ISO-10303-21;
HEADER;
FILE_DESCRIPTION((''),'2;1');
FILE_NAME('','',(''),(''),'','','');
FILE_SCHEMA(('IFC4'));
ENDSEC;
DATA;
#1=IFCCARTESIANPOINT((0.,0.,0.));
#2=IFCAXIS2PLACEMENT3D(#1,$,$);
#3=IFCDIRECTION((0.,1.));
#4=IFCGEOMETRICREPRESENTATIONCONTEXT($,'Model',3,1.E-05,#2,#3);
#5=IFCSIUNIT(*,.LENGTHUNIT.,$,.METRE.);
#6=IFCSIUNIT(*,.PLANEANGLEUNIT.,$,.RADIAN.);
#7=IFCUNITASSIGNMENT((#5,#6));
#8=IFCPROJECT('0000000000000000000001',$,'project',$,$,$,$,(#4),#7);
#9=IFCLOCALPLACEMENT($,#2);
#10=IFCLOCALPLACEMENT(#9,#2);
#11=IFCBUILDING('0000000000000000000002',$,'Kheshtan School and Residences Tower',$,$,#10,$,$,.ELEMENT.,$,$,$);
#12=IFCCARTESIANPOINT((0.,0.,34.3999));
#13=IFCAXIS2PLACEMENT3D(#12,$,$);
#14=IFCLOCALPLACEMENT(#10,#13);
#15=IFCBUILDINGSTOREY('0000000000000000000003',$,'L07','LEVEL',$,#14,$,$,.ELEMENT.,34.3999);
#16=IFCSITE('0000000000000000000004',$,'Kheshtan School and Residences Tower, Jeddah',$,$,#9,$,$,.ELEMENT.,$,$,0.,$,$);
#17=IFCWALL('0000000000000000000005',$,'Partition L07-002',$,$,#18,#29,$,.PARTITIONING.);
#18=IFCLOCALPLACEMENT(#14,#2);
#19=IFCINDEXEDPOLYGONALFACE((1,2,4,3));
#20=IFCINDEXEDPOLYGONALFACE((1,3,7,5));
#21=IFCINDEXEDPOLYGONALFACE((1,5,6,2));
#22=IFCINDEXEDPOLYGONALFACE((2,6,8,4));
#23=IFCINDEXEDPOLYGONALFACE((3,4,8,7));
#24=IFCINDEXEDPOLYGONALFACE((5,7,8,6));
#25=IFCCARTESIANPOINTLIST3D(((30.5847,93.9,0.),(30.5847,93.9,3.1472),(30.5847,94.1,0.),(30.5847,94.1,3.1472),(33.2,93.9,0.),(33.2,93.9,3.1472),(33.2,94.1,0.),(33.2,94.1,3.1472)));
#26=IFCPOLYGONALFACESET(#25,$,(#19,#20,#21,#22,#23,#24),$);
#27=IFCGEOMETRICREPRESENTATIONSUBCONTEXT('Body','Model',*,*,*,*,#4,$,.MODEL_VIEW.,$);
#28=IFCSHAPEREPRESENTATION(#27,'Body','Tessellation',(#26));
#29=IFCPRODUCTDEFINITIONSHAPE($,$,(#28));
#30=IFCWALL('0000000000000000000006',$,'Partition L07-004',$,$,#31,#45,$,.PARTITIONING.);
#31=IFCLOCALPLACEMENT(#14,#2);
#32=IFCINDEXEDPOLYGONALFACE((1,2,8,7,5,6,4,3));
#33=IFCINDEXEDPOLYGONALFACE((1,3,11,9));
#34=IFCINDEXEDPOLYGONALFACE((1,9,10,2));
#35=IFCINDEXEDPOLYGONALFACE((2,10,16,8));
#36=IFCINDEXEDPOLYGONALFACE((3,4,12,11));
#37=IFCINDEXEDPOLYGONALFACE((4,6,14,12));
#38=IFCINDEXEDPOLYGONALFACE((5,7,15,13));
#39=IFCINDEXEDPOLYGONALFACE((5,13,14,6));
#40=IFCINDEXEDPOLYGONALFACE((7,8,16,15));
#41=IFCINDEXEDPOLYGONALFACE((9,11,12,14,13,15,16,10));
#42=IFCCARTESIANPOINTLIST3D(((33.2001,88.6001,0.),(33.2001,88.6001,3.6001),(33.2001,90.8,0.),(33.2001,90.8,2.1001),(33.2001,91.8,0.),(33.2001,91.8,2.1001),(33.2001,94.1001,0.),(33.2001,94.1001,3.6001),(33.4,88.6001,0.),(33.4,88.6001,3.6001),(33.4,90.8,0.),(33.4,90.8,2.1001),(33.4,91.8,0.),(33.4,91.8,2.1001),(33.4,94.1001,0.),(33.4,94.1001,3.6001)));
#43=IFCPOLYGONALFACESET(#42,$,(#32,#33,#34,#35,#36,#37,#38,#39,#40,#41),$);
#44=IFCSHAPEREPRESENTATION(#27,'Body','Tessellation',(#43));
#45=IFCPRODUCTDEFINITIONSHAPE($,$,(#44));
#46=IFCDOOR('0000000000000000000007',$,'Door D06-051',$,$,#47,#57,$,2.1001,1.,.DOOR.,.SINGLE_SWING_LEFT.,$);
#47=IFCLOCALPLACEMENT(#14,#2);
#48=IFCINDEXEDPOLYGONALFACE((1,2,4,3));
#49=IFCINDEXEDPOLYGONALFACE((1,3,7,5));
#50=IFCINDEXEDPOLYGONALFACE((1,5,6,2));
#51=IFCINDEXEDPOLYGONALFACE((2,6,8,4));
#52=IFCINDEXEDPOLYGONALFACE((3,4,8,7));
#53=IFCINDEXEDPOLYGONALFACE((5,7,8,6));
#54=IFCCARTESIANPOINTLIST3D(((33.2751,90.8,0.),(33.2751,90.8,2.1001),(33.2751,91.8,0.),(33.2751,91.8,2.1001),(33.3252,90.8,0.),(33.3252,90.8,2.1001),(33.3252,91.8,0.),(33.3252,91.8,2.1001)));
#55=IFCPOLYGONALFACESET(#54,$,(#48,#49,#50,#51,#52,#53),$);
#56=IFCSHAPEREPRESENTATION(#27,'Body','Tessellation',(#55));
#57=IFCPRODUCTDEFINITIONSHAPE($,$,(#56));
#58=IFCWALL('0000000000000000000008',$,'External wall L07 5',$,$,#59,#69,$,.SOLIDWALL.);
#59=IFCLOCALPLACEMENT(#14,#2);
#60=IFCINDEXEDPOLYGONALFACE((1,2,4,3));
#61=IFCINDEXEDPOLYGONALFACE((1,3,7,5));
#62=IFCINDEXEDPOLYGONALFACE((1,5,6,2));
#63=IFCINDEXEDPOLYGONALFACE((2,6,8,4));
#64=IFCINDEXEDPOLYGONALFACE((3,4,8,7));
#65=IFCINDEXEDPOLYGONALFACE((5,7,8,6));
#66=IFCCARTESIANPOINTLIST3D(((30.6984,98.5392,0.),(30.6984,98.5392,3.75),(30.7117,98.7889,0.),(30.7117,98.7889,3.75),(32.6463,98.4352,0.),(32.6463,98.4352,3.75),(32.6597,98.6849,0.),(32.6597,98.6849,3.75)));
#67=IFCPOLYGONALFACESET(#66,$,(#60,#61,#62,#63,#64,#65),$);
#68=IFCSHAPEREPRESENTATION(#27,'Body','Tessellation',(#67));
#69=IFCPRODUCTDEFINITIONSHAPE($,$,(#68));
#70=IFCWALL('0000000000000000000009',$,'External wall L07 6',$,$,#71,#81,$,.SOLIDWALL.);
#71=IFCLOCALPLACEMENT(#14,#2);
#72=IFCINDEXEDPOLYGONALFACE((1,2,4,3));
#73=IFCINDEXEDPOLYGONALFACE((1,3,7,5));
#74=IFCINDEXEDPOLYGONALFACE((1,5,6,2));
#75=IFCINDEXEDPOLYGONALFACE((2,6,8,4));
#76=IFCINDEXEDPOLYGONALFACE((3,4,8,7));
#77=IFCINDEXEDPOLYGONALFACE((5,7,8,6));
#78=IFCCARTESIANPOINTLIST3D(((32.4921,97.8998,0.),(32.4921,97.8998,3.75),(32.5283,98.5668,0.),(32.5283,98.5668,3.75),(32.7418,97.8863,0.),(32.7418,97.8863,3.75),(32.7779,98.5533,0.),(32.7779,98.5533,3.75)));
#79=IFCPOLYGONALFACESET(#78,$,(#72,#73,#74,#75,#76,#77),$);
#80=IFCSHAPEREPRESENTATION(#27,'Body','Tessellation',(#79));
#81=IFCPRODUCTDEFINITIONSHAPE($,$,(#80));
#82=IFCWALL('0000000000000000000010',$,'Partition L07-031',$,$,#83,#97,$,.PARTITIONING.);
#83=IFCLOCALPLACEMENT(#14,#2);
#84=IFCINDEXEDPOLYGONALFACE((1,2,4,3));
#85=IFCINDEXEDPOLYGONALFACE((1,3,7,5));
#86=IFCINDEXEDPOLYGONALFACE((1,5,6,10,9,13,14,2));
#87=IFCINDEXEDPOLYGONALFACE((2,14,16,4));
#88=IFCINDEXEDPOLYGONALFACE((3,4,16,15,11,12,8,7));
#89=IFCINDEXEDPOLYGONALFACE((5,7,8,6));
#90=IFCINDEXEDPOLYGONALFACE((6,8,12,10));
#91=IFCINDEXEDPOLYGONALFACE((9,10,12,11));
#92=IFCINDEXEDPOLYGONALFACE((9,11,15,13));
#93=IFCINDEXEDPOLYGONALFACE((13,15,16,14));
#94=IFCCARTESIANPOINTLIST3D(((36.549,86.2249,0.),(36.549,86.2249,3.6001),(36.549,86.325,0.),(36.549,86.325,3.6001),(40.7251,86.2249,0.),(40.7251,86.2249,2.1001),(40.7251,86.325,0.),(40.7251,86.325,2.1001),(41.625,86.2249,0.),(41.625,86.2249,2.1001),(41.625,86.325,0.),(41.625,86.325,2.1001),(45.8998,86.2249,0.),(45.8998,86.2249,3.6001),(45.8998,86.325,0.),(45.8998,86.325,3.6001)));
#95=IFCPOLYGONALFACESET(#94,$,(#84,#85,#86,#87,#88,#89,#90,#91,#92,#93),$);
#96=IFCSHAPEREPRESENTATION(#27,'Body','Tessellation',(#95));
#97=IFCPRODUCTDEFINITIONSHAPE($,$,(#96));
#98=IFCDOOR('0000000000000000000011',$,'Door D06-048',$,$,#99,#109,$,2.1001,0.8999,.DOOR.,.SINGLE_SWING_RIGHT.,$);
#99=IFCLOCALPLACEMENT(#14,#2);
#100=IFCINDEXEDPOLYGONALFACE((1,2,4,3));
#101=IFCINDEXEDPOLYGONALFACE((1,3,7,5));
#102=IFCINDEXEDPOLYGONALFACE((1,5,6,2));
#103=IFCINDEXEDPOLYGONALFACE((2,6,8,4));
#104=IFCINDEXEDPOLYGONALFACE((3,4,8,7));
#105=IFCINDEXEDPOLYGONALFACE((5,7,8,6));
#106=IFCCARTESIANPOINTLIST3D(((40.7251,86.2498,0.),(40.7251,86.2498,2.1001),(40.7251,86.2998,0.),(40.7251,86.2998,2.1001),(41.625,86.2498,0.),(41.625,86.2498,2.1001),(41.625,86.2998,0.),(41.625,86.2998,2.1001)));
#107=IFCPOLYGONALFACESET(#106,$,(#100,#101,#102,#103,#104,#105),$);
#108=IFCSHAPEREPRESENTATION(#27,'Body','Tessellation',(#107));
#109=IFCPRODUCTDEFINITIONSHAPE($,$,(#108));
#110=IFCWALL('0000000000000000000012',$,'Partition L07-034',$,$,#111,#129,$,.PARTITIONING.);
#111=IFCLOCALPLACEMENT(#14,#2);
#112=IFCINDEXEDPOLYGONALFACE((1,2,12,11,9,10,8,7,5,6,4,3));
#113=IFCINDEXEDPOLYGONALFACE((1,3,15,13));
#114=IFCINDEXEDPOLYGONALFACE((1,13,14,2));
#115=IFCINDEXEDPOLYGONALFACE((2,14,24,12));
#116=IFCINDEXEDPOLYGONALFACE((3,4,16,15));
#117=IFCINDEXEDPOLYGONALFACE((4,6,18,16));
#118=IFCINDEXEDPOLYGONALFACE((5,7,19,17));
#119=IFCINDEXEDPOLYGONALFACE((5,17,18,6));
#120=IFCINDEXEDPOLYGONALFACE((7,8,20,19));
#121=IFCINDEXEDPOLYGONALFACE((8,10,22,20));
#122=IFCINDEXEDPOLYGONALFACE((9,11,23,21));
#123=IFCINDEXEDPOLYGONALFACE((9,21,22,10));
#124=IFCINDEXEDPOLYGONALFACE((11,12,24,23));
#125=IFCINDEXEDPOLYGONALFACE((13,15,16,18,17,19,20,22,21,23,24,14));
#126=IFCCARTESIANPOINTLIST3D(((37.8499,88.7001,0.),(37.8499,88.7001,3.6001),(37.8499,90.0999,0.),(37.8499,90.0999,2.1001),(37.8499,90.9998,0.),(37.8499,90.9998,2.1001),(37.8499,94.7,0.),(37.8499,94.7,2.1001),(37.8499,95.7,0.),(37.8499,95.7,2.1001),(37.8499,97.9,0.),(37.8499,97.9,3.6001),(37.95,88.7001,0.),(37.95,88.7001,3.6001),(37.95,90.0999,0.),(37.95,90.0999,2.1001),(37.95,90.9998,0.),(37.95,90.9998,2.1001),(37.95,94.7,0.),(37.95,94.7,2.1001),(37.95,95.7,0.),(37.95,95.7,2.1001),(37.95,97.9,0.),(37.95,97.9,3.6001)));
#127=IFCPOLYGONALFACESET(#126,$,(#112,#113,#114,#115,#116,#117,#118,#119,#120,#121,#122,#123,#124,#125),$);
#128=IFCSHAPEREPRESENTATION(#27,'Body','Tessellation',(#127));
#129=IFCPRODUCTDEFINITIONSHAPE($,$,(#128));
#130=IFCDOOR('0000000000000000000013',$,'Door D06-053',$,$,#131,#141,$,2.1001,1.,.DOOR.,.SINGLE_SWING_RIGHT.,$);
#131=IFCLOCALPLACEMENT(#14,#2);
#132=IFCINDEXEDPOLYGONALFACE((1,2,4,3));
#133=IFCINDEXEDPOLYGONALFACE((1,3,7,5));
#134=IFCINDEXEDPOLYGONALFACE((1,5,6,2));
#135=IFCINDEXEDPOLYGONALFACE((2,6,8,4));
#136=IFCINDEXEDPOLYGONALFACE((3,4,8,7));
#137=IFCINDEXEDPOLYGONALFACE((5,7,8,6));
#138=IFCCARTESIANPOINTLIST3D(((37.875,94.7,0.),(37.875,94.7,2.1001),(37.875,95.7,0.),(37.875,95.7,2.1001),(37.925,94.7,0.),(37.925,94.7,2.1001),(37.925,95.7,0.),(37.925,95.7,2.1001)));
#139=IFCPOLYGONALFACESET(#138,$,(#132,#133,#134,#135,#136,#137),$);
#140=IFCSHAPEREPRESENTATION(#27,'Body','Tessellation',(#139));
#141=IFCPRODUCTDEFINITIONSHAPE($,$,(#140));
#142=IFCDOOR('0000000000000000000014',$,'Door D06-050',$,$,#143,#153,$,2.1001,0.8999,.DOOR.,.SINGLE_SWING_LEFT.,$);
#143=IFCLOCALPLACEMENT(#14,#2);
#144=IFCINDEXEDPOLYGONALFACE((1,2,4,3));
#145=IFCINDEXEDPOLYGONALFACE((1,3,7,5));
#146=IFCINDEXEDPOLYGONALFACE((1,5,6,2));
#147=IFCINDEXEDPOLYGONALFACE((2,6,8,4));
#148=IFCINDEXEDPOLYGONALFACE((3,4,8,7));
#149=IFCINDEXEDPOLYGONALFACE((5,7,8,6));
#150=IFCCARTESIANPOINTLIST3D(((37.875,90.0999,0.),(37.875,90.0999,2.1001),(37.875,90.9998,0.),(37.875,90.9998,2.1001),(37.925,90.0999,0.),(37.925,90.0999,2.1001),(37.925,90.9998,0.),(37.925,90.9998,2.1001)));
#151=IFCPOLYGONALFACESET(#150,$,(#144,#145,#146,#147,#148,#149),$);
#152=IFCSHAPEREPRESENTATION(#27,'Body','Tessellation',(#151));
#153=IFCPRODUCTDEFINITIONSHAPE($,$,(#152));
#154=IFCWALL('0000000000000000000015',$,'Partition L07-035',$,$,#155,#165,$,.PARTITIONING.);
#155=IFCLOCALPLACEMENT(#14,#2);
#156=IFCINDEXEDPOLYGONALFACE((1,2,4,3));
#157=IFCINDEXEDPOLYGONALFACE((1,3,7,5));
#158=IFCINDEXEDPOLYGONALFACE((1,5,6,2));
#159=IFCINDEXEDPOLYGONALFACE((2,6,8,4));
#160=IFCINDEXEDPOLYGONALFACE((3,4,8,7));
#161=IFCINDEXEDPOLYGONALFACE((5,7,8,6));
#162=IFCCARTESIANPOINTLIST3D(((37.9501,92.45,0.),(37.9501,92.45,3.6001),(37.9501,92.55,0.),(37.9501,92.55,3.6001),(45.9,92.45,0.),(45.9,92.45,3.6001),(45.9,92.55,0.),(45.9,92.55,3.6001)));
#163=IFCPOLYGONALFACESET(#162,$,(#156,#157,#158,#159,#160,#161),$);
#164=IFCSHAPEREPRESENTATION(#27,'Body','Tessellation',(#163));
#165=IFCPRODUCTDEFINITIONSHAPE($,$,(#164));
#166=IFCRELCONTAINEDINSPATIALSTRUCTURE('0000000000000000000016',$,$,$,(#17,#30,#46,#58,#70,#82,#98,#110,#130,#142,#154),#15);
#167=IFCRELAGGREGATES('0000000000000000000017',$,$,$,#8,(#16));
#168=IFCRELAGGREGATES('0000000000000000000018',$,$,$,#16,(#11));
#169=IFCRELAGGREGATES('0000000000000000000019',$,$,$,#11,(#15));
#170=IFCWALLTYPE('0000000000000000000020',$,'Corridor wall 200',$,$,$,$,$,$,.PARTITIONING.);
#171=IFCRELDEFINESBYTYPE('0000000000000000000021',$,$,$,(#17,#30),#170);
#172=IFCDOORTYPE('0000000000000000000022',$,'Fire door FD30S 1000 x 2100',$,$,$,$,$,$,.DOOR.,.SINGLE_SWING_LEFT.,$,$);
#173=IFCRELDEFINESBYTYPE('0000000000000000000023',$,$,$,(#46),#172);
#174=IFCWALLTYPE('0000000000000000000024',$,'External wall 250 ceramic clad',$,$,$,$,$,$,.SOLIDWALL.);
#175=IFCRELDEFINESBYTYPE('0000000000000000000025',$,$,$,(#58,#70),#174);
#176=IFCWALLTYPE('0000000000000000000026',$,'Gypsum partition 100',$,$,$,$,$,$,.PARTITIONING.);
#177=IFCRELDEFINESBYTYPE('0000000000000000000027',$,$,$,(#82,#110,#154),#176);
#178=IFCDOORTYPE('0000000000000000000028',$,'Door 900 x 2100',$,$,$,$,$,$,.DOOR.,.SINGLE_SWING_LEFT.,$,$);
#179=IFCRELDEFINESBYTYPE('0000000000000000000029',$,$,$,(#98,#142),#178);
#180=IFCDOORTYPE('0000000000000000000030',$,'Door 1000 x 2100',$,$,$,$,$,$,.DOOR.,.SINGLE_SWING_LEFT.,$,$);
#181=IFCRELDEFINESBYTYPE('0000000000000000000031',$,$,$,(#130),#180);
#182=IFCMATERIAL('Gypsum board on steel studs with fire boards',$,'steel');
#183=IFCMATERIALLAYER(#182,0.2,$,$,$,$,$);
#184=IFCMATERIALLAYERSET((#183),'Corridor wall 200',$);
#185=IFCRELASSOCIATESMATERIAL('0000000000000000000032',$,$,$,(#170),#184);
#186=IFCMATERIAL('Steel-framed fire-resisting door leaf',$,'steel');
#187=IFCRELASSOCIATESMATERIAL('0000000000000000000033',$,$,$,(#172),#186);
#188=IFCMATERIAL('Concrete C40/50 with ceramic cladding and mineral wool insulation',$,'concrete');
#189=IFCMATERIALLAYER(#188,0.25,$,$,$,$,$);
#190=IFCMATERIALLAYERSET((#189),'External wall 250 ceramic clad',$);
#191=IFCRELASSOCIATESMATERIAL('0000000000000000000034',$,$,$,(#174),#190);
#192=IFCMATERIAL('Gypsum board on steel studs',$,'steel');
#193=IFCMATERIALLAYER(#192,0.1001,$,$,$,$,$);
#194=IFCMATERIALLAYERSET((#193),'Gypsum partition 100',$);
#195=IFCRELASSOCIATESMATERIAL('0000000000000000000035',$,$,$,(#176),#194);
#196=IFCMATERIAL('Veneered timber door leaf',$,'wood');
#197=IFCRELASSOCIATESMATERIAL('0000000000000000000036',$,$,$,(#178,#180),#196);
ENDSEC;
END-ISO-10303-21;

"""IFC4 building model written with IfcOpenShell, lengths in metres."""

from ifc_helpers import new_model, si_unit, direction, frame, frame_2d, origin, place, context, subcontext, project, spatial, rectangle, extrude, source, transform, mapped, material, layer, layer_set, type_object, element, fill, save


model = new_model("IFC4")

# Units and contexts
model_context = context("Model", 3, precision=1e-05, world=origin(), true_north=direction((0.0, 1.0)))
body_context = subcontext(model_context, "Body", "Model", "MODEL_VIEW")
ifc_project = project(units=[si_unit("LENGTHUNIT", "METRE"), si_unit("PLANEANGLEUNIT", "RADIAN")], contexts=[model_context])

# Site, building, storey
site_placement = place(None, origin())
site = spatial("IfcSite", under=ifc_project, at=site_placement, Name="Kheshtan School and Residences Tower, Jeddah", CompositionType="ELEMENT", RefElevation=0.0)
building_placement = place(site_placement, origin())
building = spatial("IfcBuilding", under=site, at=building_placement, Name="Kheshtan School and Residences Tower", CompositionType="ELEMENT")
storey_placement = place(building_placement, frame((0.0, 0.0, 34.3999)))
storey = spatial("IfcBuildingStorey", under=building, at=storey_placement, Name="L07", Description="LEVEL", CompositionType="ELEMENT", Elevation=34.3999)

# Wall
ifc_material_1 = material(Name="Gypsum board on steel studs with fire boards", Category="steel")
ifc_layer_1 = layer(ifc_material_1, 0.2)
ifc_layer_set_1 = layer_set([ifc_layer_1], Name="Corridor wall 200")
wall_type_1 = type_object("IfcWallType", Name="Corridor wall 200", PredefinedType="PARTITIONING", material=ifc_layer_set_1)
wall_1_placement = place(storey_placement, frame((30.5847, 94.0, 0.0), z_axis=(0.0, 0.0, 1.0), x_axis=(1.0, 0.0, 0.0)))
element("IfcWall", 1, at=wall_1_placement, inside=storey, type_object=wall_type_1, Name="Partition L07-002", PredefinedType="PARTITIONING", context=body_context, shape_type="SweptSolid", body=[
    extrude(rectangle(XDim=2.6152, YDim=0.2, at=frame_2d((1.3076, 0.0))), origin(), (0.0, 0.0, 1.0), 3.1472),
])

# Wall, opening, door
wall_2_placement = place(storey_placement, frame((33.3, 88.6001, 0.0), z_axis=(0.0, 0.0, 1.0), x_axis=(0.0, 1.0, 0.0)))
wall_2 = element("IfcWall", 2, at=wall_2_placement, inside=storey, type_object=wall_type_1, Name="Partition L07-004", PredefinedType="PARTITIONING", context=body_context, shape_type="SweptSolid", body=[
    extrude(rectangle(XDim=5.5, YDim=0.2, at=frame_2d((2.75, 0.0))), origin(), (0.0, 0.0, 1.0), 3.6001),
])
opening_1_placement = place(wall_2_placement, frame((2.2, 0.0, 0.0)))
opening_1 = element("IfcOpeningElement", 3, at=opening_1_placement, cuts=wall_2, PredefinedType="OPENING", context=body_context, shape_type="SweptSolid", body=[
    extrude(rectangle(XDim=1.0, YDim=2.1001, at=frame_2d((0.5, 1.05))), frame((0.0, 0.1099, 0.0), z_axis=(0.0, -1.0, 0.0), x_axis=(1.0, 0.0, 0.0)), (0.0, 0.0, 1.0), 0.22),
])
ifc_material_2 = material(Name="Steel-framed fire-resisting door leaf", Category="steel")
door_type_1 = type_object("IfcDoorType", Name="Fire door FD30S 1000 x 2100", OperationType="SINGLE_SWING_LEFT", PredefinedType="DOOR", material=ifc_material_2)
shared_shape_1 = source(origin(), body_context, "Body", "SweptSolid", [
    extrude(rectangle(XDim=1.0, YDim=2.1001, at=frame_2d((0.5, 1.05))), frame((0.0, 0.0249, 0.0), z_axis=(0.0, -1.0, 0.0), x_axis=(1.0, 0.0, 0.0)), (0.0, 0.0, 1.0), 0.05),
])
door_1_placement = place(opening_1_placement, origin())
door_1 = element("IfcDoor", 4, at=door_1_placement, inside=storey, type_object=door_type_1, Name="Door D06-051", OperationType="SINGLE_SWING_LEFT", OverallHeight=2.1001, OverallWidth=1.0, PredefinedType="DOOR", context=body_context, shape_type="MappedRepresentation", body=[
    mapped(shared_shape_1, transform((0.0, 0.0, 0.0), x_axis=(1.0, 0.0, 0.0), y_axis=(0.0, 1.0, 0.0), z_axis=(0.0, 0.0, 1.0), scale=1.0)),
])
fill(opening_1, door_1)

# Walls
ifc_material_3 = material(Name="Concrete C40/50 with ceramic cladding and mineral wool insulation", Category="concrete")
ifc_layer_2 = layer(ifc_material_3, 0.25)
ifc_layer_set_2 = layer_set([ifc_layer_2], Name="External wall 250 ceramic clad")
wall_type_2 = type_object("IfcWallType", Name="External wall 250 ceramic clad", PredefinedType="SOLIDWALL", material=ifc_layer_set_2)
wall_3_placement = place(storey_placement, frame((30.7051, 98.6641, 0.0), z_axis=(0.0, 0.0, 1.0), x_axis=(0.998578, -0.053314, 0.0)))
element("IfcWall", 5, at=wall_3_placement, inside=storey, type_object=wall_type_2, Name="External wall L07 5", PredefinedType="SOLIDWALL", context=body_context, shape_type="SweptSolid", body=[
    extrude(rectangle(XDim=1.9507, YDim=0.25, at=frame_2d((0.9753, 0.0))), origin(), (0.0, 0.0, 1.0), 3.75),
])
wall_4_placement = place(storey_placement, frame((32.6531, 98.5601, 0.0), z_axis=(0.0, 0.0, 1.0), x_axis=(-0.054093, -0.998536, 0.0)))
element("IfcWall", 6, at=wall_4_placement, inside=storey, type_object=wall_type_2, Name="External wall L07 6", PredefinedType="SOLIDWALL", context=body_context, shape_type="SweptSolid", body=[
    extrude(rectangle(XDim=0.668, YDim=0.25, at=frame_2d((0.334, 0.0))), origin(), (0.0, 0.0, 1.0), 3.75),
])

# Wall, opening, door
ifc_material_4 = material(Name="Gypsum board on steel studs", Category="steel")
ifc_layer_3 = layer(ifc_material_4, 0.1001)
ifc_layer_set_3 = layer_set([ifc_layer_3], Name="Gypsum partition 100")
wall_type_3 = type_object("IfcWallType", Name="Gypsum partition 100", PredefinedType="PARTITIONING", material=ifc_layer_set_3)
wall_5_placement = place(storey_placement, frame((36.5491, 86.2749, 0.0), z_axis=(0.0, 0.0, 1.0), x_axis=(1.0, 0.0, 0.0)))
wall_5 = element("IfcWall", 7, at=wall_5_placement, inside=storey, type_object=wall_type_3, Name="Partition L07-031", PredefinedType="PARTITIONING", context=body_context, shape_type="SweptSolid", body=[
    extrude(rectangle(XDim=9.3508, YDim=0.1001, at=frame_2d((4.6753, 0.0))), origin(), (0.0, 0.0, 1.0), 3.6001),
])
opening_2_placement = place(wall_5_placement, frame((4.176, 0.0, 0.0)))
opening_2 = element("IfcOpeningElement", 8, at=opening_2_placement, cuts=wall_5, PredefinedType="OPENING", context=body_context, shape_type="SweptSolid", body=[
    extrude(rectangle(XDim=0.8999, YDim=2.1001, at=frame_2d((0.45, 1.05))), frame((0.0, 0.0601, 0.0), z_axis=(0.0, -1.0, 0.0), x_axis=(1.0, 0.0, 0.0)), (0.0, 0.0, 1.0), 0.1201),
])
ifc_material_5 = material(Name="Veneered timber door leaf", Category="wood")
door_type_2 = type_object("IfcDoorType", Name="Door 900 x 2100", OperationType="SINGLE_SWING_LEFT", PredefinedType="DOOR", material=ifc_material_5)
shared_shape_2 = source(origin(), body_context, "Body", "SweptSolid", [
    extrude(rectangle(XDim=0.8999, YDim=2.1001, at=frame_2d((0.45, 1.05))), frame((0.0, 0.0249, 0.0), z_axis=(0.0, -1.0, 0.0), x_axis=(1.0, 0.0, 0.0)), (0.0, 0.0, 1.0), 0.05),
])
door_2_placement = place(opening_2_placement, origin())
door_2 = element("IfcDoor", 9, at=door_2_placement, inside=storey, type_object=door_type_2, Name="Door D06-048", OperationType="SINGLE_SWING_RIGHT", OverallHeight=2.1001, OverallWidth=0.8999, PredefinedType="DOOR", context=body_context, shape_type="MappedRepresentation", body=[
    mapped(shared_shape_2, transform((0.0, 0.0, 0.0), x_axis=(1.0, 0.0, 0.0), y_axis=(0.0, 1.0, 0.0), z_axis=(0.0, 0.0, 1.0), scale=1.0)),
])
fill(opening_2, door_2)

# Wall, openings, doors
wall_6_placement = place(storey_placement, frame((37.8999, 88.7, 0.0), z_axis=(0.0, 0.0, 1.0), x_axis=(0.0, 1.0, 0.0)))
wall_6 = element("IfcWall", 10, at=wall_6_placement, inside=storey, type_object=wall_type_3, Name="Partition L07-034", PredefinedType="PARTITIONING", context=body_context, shape_type="SweptSolid", body=[
    extrude(rectangle(XDim=9.2, YDim=0.1001, at=frame_2d((4.6001, 0.0))), origin(), (0.0, 0.0, 1.0), 3.6001),
])
opening_3_placement = place(wall_6_placement, frame((1.3999, 0.0, 0.0)))
opening_3 = element("IfcOpeningElement", 11, at=opening_3_placement, cuts=wall_6, PredefinedType="OPENING", context=body_context, shape_type="SweptSolid", body=[
    extrude(rectangle(XDim=0.8999, YDim=2.1001, at=frame_2d((0.45, 1.05))), frame((0.0, 0.0601, 0.0), z_axis=(0.0, -1.0, 0.0), x_axis=(1.0, 0.0, 0.0)), (0.0, 0.0, 1.0), 0.1201),
])
opening_4_placement = place(wall_6_placement, frame((6.0, 0.0, 0.0)))
opening_4 = element("IfcOpeningElement", 12, at=opening_4_placement, cuts=wall_6, PredefinedType="OPENING", context=body_context, shape_type="SweptSolid", body=[
    extrude(rectangle(XDim=1.0, YDim=2.1001, at=frame_2d((0.5, 1.05))), frame((0.0, 0.0601, 0.0), z_axis=(0.0, -1.0, 0.0), x_axis=(1.0, 0.0, 0.0)), (0.0, 0.0, 1.0), 0.1201),
])
door_type_3 = type_object("IfcDoorType", Name="Door 1000 x 2100", OperationType="SINGLE_SWING_LEFT", PredefinedType="DOOR", material=ifc_material_5)
shared_shape_3 = source(origin(), body_context, "Body", "SweptSolid", [
    extrude(rectangle(XDim=1.0, YDim=2.1001, at=frame_2d((0.5, 1.05))), frame((0.0, 0.0249, 0.0), z_axis=(0.0, -1.0, 0.0), x_axis=(1.0, 0.0, 0.0)), (0.0, 0.0, 1.0), 0.05),
])
door_3_placement = place(opening_4_placement, origin())
door_3 = element("IfcDoor", 13, at=door_3_placement, inside=storey, type_object=door_type_3, Name="Door D06-053", OperationType="SINGLE_SWING_RIGHT", OverallHeight=2.1001, OverallWidth=1.0, PredefinedType="DOOR", context=body_context, shape_type="MappedRepresentation", body=[
    mapped(shared_shape_3, transform((0.0, 0.0, 0.0), x_axis=(1.0, 0.0, 0.0), y_axis=(0.0, 1.0, 0.0), z_axis=(0.0, 0.0, 1.0), scale=1.0)),
])
fill(opening_4, door_3)
door_4_placement = place(opening_3_placement, origin())
door_4 = element("IfcDoor", 14, at=door_4_placement, inside=storey, type_object=door_type_2, Name="Door D06-050", OperationType="SINGLE_SWING_LEFT", OverallHeight=2.1001, OverallWidth=0.8999, PredefinedType="DOOR", context=body_context, shape_type="MappedRepresentation", body=[
    mapped(shared_shape_2, transform((0.0, 0.0, 0.0), x_axis=(1.0, 0.0, 0.0), y_axis=(0.0, 1.0, 0.0), z_axis=(0.0, 0.0, 1.0), scale=1.0)),
])
fill(opening_3, door_4)

# Wall
wall_7_placement = place(storey_placement, frame((37.95, 92.5, 0.0), z_axis=(0.0, 0.0, 1.0), x_axis=(1.0, 0.0, 0.0)))
element("IfcWall", 15, at=wall_7_placement, inside=storey, type_object=wall_type_3, Name="Partition L07-035", PredefinedType="PARTITIONING", context=body_context, shape_type="SweptSolid", body=[
    extrude(rectangle(XDim=7.95, YDim=0.1001, at=frame_2d((3.9751, 0.0))), origin(), (0.0, 0.0, 1.0), 3.6001),
])

save(model, "model.ifc")
